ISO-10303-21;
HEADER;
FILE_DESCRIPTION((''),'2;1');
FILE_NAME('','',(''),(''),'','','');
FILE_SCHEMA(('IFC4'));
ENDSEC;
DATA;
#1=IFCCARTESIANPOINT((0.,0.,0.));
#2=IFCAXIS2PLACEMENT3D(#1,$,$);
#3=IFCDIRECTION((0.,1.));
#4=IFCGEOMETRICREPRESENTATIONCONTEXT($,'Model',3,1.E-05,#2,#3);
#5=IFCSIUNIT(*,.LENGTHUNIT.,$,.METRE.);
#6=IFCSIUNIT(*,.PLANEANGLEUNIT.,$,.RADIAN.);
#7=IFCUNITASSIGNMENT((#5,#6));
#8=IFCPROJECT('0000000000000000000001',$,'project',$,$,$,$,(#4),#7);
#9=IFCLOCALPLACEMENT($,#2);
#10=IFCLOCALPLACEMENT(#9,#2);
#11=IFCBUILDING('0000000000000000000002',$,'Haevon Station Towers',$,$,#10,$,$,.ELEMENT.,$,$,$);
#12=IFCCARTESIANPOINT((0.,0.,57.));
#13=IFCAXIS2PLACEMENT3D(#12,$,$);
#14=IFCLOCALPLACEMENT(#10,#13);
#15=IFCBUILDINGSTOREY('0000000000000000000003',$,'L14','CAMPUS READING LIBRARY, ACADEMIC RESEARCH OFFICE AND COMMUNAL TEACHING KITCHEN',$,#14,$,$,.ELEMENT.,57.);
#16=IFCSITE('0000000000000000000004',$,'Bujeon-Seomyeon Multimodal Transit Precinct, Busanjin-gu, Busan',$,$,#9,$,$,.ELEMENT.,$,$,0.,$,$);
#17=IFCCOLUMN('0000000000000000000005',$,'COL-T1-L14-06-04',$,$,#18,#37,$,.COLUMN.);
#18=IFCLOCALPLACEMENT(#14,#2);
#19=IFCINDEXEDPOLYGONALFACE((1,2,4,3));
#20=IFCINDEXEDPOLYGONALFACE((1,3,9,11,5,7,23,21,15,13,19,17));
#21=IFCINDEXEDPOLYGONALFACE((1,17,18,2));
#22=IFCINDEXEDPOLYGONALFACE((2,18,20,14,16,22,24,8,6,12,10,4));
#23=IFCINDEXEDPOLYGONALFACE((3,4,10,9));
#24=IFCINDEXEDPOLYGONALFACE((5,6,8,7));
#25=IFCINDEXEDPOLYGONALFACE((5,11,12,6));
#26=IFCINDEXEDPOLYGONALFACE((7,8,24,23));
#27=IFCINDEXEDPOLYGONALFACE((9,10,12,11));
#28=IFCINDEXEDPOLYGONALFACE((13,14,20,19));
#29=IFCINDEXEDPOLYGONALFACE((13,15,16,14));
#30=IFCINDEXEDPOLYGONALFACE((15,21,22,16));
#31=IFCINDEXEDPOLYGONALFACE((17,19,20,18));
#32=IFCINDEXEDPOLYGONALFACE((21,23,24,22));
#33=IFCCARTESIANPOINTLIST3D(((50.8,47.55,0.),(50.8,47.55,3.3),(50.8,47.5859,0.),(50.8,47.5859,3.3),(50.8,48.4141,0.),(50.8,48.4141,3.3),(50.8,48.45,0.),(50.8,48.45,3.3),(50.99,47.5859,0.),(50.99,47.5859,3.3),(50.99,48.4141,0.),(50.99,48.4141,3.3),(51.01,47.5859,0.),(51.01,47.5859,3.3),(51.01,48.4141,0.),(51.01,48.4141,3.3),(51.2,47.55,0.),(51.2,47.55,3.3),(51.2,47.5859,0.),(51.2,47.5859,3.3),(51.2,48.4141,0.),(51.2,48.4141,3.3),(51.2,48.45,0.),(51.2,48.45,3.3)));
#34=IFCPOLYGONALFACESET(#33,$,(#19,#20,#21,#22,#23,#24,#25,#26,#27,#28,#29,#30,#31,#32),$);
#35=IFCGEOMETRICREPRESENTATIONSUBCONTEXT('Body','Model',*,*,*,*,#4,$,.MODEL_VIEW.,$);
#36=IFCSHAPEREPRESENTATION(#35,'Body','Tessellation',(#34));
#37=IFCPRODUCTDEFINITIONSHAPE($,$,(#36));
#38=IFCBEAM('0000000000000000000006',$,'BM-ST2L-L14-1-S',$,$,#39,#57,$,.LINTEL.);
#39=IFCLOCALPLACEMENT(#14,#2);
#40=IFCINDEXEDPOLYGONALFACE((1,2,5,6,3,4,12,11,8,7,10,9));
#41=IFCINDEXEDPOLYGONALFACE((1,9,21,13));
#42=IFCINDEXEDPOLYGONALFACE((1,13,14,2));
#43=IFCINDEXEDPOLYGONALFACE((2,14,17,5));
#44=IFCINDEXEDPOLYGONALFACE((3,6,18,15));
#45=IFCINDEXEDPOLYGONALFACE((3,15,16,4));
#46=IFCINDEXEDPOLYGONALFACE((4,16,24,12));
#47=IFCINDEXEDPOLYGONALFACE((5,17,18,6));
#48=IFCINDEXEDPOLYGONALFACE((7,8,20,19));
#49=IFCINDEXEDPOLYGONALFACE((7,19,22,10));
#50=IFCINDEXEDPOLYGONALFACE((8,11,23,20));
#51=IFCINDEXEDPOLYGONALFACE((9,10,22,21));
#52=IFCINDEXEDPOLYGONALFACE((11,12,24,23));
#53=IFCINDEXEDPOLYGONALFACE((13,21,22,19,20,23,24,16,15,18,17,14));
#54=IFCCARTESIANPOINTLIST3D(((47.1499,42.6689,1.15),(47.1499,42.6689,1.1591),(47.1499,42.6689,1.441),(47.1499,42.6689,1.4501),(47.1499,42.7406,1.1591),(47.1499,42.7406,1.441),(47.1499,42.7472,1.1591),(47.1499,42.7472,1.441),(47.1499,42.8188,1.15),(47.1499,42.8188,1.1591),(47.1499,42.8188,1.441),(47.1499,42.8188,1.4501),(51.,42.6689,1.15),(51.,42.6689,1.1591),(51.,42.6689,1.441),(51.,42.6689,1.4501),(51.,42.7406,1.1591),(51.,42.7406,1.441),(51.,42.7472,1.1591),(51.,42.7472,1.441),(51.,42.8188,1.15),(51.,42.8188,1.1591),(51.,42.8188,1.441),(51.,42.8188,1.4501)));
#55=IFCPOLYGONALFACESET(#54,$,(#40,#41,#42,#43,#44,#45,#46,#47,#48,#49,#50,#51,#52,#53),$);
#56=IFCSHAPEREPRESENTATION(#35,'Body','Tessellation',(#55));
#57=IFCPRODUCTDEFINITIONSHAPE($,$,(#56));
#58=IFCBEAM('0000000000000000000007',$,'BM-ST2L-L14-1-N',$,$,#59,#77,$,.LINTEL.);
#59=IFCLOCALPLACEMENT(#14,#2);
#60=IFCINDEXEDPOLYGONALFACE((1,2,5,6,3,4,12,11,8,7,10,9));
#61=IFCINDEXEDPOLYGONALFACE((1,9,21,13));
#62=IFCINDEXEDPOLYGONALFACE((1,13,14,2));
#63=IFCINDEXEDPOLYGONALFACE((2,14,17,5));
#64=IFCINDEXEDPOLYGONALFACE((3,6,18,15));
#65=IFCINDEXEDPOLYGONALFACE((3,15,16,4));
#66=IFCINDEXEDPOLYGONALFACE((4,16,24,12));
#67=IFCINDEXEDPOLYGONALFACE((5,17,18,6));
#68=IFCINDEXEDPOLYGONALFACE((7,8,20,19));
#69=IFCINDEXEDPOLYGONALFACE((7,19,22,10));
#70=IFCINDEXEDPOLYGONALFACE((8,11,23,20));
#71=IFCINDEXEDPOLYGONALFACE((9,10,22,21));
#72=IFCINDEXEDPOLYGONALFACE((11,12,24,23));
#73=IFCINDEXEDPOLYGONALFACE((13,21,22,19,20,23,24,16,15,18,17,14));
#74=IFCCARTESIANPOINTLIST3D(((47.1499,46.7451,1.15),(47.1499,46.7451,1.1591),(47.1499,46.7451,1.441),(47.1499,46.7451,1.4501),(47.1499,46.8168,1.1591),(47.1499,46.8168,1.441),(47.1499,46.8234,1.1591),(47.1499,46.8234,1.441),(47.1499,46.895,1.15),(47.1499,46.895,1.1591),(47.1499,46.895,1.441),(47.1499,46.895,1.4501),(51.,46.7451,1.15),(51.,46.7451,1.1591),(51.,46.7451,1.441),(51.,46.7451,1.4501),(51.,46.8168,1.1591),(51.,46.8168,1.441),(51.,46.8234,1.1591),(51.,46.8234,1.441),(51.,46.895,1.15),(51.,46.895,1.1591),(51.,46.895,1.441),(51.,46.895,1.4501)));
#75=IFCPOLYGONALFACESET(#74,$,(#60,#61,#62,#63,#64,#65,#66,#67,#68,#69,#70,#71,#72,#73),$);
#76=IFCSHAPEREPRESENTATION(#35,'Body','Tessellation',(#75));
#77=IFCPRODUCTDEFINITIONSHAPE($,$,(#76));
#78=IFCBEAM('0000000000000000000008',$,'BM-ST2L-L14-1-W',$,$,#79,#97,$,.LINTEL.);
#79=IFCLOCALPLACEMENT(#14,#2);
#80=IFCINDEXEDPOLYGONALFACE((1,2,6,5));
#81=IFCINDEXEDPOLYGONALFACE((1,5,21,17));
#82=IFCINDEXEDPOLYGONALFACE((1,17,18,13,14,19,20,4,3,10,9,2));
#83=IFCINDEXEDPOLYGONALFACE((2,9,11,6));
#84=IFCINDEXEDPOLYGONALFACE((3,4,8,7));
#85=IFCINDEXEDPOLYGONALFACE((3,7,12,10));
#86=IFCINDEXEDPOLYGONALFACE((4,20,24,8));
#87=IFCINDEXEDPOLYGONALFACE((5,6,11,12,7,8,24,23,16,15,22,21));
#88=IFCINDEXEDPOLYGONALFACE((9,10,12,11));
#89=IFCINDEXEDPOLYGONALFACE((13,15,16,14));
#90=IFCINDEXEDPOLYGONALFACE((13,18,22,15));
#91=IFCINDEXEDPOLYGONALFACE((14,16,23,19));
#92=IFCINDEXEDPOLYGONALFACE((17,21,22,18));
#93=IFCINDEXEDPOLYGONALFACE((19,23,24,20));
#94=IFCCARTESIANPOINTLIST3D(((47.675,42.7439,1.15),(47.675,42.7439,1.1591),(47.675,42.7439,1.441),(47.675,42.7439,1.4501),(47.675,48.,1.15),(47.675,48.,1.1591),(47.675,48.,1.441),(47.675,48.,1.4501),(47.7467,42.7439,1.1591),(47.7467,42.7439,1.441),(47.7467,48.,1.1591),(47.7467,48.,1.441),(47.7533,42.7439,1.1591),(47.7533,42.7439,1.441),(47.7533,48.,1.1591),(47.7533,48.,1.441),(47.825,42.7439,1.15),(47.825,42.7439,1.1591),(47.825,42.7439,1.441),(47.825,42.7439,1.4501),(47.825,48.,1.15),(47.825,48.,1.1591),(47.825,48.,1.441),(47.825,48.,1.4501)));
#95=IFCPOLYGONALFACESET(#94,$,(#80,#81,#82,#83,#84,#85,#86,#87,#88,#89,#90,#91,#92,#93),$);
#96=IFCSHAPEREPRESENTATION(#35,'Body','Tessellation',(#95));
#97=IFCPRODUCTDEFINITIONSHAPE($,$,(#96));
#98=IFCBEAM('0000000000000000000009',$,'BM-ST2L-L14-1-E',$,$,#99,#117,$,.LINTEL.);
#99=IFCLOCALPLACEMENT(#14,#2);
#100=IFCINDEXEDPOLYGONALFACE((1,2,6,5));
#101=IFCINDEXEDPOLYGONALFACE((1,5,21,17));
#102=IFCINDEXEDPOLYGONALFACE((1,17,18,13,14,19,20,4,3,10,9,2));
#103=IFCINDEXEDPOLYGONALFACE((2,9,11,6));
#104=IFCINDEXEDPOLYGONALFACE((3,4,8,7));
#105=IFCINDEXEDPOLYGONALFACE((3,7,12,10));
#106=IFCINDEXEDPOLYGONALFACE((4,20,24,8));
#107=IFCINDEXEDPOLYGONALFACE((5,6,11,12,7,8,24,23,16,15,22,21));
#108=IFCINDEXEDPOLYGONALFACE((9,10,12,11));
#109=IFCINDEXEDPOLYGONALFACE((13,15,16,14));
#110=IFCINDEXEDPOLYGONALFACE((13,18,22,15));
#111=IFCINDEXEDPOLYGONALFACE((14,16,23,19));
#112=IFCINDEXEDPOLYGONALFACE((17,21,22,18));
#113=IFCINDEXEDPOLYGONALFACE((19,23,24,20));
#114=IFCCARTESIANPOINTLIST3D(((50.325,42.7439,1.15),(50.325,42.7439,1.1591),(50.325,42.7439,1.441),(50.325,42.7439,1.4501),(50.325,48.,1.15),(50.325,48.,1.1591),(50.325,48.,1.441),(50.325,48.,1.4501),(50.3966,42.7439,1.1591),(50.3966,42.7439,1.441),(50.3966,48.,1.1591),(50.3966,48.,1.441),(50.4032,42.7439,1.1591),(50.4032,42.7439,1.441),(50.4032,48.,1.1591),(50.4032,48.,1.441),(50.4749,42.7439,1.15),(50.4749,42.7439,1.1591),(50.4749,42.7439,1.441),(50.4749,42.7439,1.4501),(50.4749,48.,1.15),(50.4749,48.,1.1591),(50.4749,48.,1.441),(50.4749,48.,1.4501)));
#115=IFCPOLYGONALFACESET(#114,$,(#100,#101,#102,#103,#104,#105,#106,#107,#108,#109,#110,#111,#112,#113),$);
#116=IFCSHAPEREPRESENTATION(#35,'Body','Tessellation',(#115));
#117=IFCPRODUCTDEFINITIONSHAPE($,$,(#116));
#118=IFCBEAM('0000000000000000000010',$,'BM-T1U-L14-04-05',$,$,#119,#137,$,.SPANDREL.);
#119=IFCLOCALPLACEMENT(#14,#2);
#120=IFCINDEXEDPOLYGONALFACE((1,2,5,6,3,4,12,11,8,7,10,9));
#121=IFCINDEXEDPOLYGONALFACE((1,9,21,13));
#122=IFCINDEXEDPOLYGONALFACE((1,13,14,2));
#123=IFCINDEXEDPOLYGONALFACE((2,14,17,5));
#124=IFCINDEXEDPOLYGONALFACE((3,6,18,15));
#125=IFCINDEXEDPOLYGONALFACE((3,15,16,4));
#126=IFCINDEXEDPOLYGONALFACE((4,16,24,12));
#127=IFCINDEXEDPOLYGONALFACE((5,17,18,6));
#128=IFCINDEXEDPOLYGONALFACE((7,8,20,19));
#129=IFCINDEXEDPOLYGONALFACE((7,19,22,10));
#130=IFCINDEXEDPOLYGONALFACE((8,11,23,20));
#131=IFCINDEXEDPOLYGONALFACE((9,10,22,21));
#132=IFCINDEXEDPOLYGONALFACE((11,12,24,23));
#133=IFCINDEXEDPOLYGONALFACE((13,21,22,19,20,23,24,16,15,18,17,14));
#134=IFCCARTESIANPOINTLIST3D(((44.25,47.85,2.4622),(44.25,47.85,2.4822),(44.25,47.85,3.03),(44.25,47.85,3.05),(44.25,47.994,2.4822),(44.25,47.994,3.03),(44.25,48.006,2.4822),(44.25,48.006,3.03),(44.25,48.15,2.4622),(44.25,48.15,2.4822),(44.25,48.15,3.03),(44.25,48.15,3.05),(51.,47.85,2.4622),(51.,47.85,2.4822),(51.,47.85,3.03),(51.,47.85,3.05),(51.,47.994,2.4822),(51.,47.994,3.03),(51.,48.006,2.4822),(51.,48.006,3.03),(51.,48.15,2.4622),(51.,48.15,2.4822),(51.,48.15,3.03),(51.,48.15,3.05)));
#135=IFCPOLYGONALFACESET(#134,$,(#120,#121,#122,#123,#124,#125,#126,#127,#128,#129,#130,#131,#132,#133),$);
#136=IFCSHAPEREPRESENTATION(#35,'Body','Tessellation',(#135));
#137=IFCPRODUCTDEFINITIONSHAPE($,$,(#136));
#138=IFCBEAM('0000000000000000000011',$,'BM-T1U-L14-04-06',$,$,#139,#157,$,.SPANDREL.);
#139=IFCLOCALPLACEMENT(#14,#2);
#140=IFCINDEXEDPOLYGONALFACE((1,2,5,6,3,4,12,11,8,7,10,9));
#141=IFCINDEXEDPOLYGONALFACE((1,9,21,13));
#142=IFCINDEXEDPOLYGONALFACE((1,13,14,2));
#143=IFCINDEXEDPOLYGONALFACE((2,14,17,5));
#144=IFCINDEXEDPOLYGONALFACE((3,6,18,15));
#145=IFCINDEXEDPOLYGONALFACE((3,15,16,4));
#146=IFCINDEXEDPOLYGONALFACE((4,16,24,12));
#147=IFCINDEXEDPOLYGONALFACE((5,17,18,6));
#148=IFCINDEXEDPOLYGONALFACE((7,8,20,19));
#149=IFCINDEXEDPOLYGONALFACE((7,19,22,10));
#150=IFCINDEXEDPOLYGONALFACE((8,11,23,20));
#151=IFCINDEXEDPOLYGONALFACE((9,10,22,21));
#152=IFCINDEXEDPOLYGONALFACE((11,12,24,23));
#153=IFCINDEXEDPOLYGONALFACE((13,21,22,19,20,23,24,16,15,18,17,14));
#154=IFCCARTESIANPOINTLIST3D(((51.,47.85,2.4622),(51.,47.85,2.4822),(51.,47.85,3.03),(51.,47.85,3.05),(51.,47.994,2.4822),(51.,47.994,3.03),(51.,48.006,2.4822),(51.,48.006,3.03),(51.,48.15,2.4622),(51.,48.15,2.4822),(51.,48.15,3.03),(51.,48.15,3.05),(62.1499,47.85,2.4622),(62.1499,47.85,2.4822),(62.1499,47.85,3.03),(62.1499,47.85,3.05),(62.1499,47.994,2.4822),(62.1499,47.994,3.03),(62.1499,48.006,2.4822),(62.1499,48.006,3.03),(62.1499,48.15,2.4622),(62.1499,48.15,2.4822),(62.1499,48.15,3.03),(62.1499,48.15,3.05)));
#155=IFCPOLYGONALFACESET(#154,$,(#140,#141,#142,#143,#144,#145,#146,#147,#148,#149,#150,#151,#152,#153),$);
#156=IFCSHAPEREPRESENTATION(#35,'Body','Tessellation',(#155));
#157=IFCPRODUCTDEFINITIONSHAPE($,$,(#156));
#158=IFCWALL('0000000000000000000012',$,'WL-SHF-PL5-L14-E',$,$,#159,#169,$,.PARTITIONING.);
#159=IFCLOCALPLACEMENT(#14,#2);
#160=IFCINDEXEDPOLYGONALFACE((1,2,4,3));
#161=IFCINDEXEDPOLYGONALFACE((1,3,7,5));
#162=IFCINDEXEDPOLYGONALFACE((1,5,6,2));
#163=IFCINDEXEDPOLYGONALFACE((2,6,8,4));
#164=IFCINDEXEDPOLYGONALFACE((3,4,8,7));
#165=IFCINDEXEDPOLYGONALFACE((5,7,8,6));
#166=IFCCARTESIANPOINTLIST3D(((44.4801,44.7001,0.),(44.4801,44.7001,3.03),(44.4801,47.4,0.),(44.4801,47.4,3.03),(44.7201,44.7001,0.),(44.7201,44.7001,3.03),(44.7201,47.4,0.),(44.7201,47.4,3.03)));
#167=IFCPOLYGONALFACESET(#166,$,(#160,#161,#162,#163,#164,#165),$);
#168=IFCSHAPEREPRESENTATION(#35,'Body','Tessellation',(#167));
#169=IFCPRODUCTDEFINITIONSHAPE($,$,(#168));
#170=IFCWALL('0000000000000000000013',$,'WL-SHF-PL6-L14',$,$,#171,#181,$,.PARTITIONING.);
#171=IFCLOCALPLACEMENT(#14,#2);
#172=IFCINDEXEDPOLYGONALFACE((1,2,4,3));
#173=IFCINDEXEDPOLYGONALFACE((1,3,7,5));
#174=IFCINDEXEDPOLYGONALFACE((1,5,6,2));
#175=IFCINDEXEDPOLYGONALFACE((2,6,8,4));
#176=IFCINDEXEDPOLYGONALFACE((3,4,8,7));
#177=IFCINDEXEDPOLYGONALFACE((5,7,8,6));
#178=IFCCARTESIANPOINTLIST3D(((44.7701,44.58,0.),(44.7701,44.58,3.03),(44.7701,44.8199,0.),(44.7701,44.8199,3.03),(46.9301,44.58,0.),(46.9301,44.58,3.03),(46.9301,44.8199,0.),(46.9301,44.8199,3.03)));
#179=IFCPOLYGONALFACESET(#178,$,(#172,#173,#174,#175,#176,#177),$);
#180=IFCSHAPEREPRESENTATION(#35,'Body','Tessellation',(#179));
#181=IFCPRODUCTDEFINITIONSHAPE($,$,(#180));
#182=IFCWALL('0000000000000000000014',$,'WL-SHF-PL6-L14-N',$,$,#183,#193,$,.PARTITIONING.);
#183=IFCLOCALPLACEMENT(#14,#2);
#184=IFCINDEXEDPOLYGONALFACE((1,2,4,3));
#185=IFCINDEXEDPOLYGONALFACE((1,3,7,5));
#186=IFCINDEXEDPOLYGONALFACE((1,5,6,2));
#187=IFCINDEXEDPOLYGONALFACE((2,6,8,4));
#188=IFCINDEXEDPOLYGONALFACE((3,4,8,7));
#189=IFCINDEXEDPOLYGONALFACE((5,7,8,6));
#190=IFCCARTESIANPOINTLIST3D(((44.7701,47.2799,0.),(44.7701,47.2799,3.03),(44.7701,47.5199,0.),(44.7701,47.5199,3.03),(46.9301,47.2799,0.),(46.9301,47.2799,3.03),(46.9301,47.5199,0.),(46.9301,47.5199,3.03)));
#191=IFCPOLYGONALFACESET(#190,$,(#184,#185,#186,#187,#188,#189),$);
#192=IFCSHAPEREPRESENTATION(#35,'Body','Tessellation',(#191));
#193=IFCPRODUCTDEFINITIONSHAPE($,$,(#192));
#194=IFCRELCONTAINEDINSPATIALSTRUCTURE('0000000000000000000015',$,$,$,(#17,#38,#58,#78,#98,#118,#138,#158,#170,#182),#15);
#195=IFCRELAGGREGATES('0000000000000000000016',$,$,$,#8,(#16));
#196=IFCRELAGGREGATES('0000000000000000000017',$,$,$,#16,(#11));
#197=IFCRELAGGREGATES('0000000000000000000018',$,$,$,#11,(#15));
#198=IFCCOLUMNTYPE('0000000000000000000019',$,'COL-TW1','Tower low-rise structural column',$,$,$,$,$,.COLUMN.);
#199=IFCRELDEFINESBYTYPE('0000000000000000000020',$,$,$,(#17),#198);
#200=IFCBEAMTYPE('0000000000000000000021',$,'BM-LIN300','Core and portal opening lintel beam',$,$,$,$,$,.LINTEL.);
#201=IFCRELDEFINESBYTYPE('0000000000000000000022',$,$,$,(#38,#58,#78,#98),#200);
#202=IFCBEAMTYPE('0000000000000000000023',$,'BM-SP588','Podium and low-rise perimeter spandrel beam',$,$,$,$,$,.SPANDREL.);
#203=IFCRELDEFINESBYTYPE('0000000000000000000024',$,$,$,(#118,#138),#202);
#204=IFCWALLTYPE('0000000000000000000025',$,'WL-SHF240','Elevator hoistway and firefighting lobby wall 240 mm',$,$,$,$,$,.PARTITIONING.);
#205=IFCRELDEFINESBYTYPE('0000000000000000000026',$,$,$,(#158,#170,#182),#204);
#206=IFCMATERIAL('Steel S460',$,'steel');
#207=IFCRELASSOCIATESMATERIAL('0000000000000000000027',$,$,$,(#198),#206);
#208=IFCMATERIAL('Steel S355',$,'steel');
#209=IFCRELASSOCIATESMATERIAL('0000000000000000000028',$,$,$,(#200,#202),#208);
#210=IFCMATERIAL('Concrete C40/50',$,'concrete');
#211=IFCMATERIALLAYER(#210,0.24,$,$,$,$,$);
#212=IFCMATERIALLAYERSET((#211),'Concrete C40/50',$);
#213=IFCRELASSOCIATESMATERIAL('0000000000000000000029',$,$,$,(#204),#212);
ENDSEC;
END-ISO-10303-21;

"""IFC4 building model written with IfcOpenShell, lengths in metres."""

from ifc_helpers import new_model, si_unit, direction, frame, frame_2d, origin, origin_2d, place, context, subcontext, project, spatial, rectangle, i_section, extrude, material, layer, layer_set, material_profile, profile_set, type_object, element, save


model = new_model("IFC4")

# Units and contexts
model_context = context("Model", 3, precision=1e-05, world=origin(), true_north=direction((0.0, 1.0)))
body_context = subcontext(model_context, "Body", "Model", "MODEL_VIEW")
ifc_project = project(units=[si_unit("LENGTHUNIT", "METRE"), si_unit("PLANEANGLEUNIT", "RADIAN")], contexts=[model_context])

# Site, building, storey
site_placement = place(None, origin())
site = spatial("IfcSite", under=ifc_project, at=site_placement, Name="Bujeon-Seomyeon Multimodal Transit Precinct, Busanjin-gu, Busan", CompositionType="ELEMENT", RefElevation=0.0)
building_placement = place(site_placement, origin())
building = spatial("IfcBuilding", under=site, at=building_placement, Name="Haevon Station Towers", CompositionType="ELEMENT")
storey_placement = place(building_placement, frame((0.0, 0.0, 57.0)))
storey = spatial("IfcBuildingStorey", under=building, at=storey_placement, Name="L14", Description="CAMPUS READING LIBRARY, ACADEMIC RESEARCH OFFICE AND COMMUNAL TEACHING KITCHEN", CompositionType="ELEMENT", Elevation=57.0)

# Column
ifc_material_1 = material(Name="Steel S460", Category="steel")
ifc_material_profile_1 = material_profile(ifc_material_1, i_section(OverallWidth=0.3999, OverallDepth=0.8999, WebThickness=0.02, FlangeThickness=0.0359, at=origin_2d()), Name="H-900x400x20x36")
ifc_profile_set_1 = profile_set([ifc_material_profile_1], Name="Steel S460")
column_type = type_object("IfcColumnType", Name="COL-TW1", Description="Tower low-rise structural column", PredefinedType="COLUMN", material=ifc_profile_set_1)
column_placement = place(storey_placement, frame((51.0, 48.0, 0.0), z_axis=(0.0, 0.0, 1.0), x_axis=(1.0, 0.0, 0.0)))
element("IfcColumn", 1, at=column_placement, inside=storey, type_object=column_type, Name="COL-T1-L14-06-04", PredefinedType="COLUMN", context=body_context, shape_type="SweptSolid", body=[
    extrude(i_section(OverallWidth=0.3999, OverallDepth=0.8999, WebThickness=0.02, FlangeThickness=0.0359, at=origin_2d()), origin(), (0.0, 0.0, 1.0), 3.3),
])

# Beams
ifc_material_2 = material(Name="Steel S355", Category="steel")
ifc_material_profile_2 = material_profile(ifc_material_2, i_section(OverallWidth=0.1499, OverallDepth=0.3, WebThickness=0.0066, FlangeThickness=0.009, at=origin_2d()), Name="H-300x150x6.5x9")
ifc_profile_set_2 = profile_set([ifc_material_profile_2], Name="Steel S355")
beam_type_1 = type_object("IfcBeamType", Name="BM-LIN300", Description="Core and portal opening lintel beam", PredefinedType="LINTEL", material=ifc_profile_set_2)
for number, where, z_axis, x_axis, name in (
    (2, (47.1499, 42.7439, 1.3), (1.0, 0.0, 0.0), (0.0, 1.0, 0.0), "BM-ST2L-L14-1-S"),
    (3, (47.1499, 46.8201, 1.3), (1.0, 0.0, 0.0), (0.0, 1.0, 0.0), "BM-ST2L-L14-1-N"),
):
    element("IfcBeam", number, at=place(storey_placement, frame(where, z_axis=z_axis, x_axis=x_axis)), inside=storey, type_object=beam_type_1, Name=name, PredefinedType="LINTEL", context=body_context, shape_type="SweptSolid", body=[
        extrude(i_section(OverallWidth=0.1499, OverallDepth=0.3, WebThickness=0.0066, FlangeThickness=0.009, at=origin_2d()), origin(), (0.0, 0.0, 1.0), 3.8501),
    ])
for number, where, z_axis, x_axis, name in (
    (4, (47.75, 42.7439, 1.3), (0.0, 1.0, 0.0), (-1.0, 0.0, 0.0), "BM-ST2L-L14-1-W"),
    (5, (50.3999, 42.7439, 1.3), (0.0, 1.0, 0.0), (-1.0, 0.0, 0.0), "BM-ST2L-L14-1-E"),
):
    element("IfcBeam", number, at=place(storey_placement, frame(where, z_axis=z_axis, x_axis=x_axis)), inside=storey, type_object=beam_type_1, Name=name, PredefinedType="LINTEL", context=body_context, shape_type="SweptSolid", body=[
        extrude(i_section(OverallWidth=0.1499, OverallDepth=0.3, WebThickness=0.0066, FlangeThickness=0.009, at=origin_2d()), origin(), (0.0, 0.0, 1.0), 5.2561),
    ])
ifc_material_profile_3 = material_profile(ifc_material_2, i_section(OverallWidth=0.3, OverallDepth=0.5879, WebThickness=0.012, FlangeThickness=0.02, at=origin_2d()), Name="H-588x300x12x20")
ifc_profile_set_3 = profile_set([ifc_material_profile_3], Name="Steel S355")
beam_type_2 = type_object("IfcBeamType", Name="BM-SP588", Description="Podium and low-rise perimeter spandrel beam", PredefinedType="SPANDREL", material=ifc_profile_set_3)
beam_1_placement = place(storey_placement, frame((44.25, 48.0, 2.7561), z_axis=(1.0, 0.0, 0.0), x_axis=(0.0, 1.0, 0.0)))
element("IfcBeam", 6, at=beam_1_placement, inside=storey, type_object=beam_type_2, Name="BM-T1U-L14-04-05", PredefinedType="SPANDREL", context=body_context, shape_type="SweptSolid", body=[
    extrude(i_section(OverallWidth=0.3, OverallDepth=0.5879, WebThickness=0.012, FlangeThickness=0.02, at=origin_2d()), origin(), (0.0, 0.0, 1.0), 6.75),
])
beam_2_placement = place(storey_placement, frame((51.0, 48.0, 2.7561), z_axis=(1.0, 0.0, 0.0), x_axis=(0.0, 1.0, 0.0)))
element("IfcBeam", 7, at=beam_2_placement, inside=storey, type_object=beam_type_2, Name="BM-T1U-L14-04-06", PredefinedType="SPANDREL", context=body_context, shape_type="SweptSolid", body=[
    extrude(i_section(OverallWidth=0.3, OverallDepth=0.5879, WebThickness=0.012, FlangeThickness=0.02, at=origin_2d()), origin(), (0.0, 0.0, 1.0), 11.1499),
])

# Walls
ifc_material_3 = material(Name="Concrete C40/50", Category="concrete")
ifc_layer = layer(ifc_material_3, 0.24)
ifc_layer_set = layer_set([ifc_layer], Name="Concrete C40/50")
wall_type = type_object("IfcWallType", Name="WL-SHF240", Description="Elevator hoistway and firefighting lobby wall 240 mm", PredefinedType="PARTITIONING", material=ifc_layer_set)
wall_placement = place(storey_placement, frame((44.6001, 44.7, 0.0), z_axis=(0.0, 0.0, 1.0), x_axis=(0.0, 1.0, 0.0)))
element("IfcWall", 8, at=wall_placement, inside=storey, type_object=wall_type, Name="WL-SHF-PL5-L14-E", PredefinedType="PARTITIONING", context=body_context, shape_type="SweptSolid", body=[
    extrude(rectangle(XDim=2.7, YDim=0.24, at=frame_2d((1.3501, 0.0))), origin(), (0.0, 0.0, 1.0), 3.03),
])
for number, where, z_axis, x_axis, name in (
    (9, (44.77, 44.7, 0.0), (0.0, 0.0, 1.0), (1.0, 0.0, 0.0), "WL-SHF-PL6-L14"),
    (10, (44.77, 47.3999, 0.0), (0.0, 0.0, 1.0), (1.0, 0.0, 0.0), "WL-SHF-PL6-L14-N"),
):
    element("IfcWall", number, at=place(storey_placement, frame(where, z_axis=z_axis, x_axis=x_axis)), inside=storey, type_object=wall_type, Name=name, PredefinedType="PARTITIONING", context=body_context, shape_type="SweptSolid", body=[
        extrude(rectangle(XDim=2.1599, YDim=0.24, at=frame_2d((1.0801, 0.0))), origin(), (0.0, 0.0, 1.0), 3.03),
    ])

save(model, "model.ifc")
